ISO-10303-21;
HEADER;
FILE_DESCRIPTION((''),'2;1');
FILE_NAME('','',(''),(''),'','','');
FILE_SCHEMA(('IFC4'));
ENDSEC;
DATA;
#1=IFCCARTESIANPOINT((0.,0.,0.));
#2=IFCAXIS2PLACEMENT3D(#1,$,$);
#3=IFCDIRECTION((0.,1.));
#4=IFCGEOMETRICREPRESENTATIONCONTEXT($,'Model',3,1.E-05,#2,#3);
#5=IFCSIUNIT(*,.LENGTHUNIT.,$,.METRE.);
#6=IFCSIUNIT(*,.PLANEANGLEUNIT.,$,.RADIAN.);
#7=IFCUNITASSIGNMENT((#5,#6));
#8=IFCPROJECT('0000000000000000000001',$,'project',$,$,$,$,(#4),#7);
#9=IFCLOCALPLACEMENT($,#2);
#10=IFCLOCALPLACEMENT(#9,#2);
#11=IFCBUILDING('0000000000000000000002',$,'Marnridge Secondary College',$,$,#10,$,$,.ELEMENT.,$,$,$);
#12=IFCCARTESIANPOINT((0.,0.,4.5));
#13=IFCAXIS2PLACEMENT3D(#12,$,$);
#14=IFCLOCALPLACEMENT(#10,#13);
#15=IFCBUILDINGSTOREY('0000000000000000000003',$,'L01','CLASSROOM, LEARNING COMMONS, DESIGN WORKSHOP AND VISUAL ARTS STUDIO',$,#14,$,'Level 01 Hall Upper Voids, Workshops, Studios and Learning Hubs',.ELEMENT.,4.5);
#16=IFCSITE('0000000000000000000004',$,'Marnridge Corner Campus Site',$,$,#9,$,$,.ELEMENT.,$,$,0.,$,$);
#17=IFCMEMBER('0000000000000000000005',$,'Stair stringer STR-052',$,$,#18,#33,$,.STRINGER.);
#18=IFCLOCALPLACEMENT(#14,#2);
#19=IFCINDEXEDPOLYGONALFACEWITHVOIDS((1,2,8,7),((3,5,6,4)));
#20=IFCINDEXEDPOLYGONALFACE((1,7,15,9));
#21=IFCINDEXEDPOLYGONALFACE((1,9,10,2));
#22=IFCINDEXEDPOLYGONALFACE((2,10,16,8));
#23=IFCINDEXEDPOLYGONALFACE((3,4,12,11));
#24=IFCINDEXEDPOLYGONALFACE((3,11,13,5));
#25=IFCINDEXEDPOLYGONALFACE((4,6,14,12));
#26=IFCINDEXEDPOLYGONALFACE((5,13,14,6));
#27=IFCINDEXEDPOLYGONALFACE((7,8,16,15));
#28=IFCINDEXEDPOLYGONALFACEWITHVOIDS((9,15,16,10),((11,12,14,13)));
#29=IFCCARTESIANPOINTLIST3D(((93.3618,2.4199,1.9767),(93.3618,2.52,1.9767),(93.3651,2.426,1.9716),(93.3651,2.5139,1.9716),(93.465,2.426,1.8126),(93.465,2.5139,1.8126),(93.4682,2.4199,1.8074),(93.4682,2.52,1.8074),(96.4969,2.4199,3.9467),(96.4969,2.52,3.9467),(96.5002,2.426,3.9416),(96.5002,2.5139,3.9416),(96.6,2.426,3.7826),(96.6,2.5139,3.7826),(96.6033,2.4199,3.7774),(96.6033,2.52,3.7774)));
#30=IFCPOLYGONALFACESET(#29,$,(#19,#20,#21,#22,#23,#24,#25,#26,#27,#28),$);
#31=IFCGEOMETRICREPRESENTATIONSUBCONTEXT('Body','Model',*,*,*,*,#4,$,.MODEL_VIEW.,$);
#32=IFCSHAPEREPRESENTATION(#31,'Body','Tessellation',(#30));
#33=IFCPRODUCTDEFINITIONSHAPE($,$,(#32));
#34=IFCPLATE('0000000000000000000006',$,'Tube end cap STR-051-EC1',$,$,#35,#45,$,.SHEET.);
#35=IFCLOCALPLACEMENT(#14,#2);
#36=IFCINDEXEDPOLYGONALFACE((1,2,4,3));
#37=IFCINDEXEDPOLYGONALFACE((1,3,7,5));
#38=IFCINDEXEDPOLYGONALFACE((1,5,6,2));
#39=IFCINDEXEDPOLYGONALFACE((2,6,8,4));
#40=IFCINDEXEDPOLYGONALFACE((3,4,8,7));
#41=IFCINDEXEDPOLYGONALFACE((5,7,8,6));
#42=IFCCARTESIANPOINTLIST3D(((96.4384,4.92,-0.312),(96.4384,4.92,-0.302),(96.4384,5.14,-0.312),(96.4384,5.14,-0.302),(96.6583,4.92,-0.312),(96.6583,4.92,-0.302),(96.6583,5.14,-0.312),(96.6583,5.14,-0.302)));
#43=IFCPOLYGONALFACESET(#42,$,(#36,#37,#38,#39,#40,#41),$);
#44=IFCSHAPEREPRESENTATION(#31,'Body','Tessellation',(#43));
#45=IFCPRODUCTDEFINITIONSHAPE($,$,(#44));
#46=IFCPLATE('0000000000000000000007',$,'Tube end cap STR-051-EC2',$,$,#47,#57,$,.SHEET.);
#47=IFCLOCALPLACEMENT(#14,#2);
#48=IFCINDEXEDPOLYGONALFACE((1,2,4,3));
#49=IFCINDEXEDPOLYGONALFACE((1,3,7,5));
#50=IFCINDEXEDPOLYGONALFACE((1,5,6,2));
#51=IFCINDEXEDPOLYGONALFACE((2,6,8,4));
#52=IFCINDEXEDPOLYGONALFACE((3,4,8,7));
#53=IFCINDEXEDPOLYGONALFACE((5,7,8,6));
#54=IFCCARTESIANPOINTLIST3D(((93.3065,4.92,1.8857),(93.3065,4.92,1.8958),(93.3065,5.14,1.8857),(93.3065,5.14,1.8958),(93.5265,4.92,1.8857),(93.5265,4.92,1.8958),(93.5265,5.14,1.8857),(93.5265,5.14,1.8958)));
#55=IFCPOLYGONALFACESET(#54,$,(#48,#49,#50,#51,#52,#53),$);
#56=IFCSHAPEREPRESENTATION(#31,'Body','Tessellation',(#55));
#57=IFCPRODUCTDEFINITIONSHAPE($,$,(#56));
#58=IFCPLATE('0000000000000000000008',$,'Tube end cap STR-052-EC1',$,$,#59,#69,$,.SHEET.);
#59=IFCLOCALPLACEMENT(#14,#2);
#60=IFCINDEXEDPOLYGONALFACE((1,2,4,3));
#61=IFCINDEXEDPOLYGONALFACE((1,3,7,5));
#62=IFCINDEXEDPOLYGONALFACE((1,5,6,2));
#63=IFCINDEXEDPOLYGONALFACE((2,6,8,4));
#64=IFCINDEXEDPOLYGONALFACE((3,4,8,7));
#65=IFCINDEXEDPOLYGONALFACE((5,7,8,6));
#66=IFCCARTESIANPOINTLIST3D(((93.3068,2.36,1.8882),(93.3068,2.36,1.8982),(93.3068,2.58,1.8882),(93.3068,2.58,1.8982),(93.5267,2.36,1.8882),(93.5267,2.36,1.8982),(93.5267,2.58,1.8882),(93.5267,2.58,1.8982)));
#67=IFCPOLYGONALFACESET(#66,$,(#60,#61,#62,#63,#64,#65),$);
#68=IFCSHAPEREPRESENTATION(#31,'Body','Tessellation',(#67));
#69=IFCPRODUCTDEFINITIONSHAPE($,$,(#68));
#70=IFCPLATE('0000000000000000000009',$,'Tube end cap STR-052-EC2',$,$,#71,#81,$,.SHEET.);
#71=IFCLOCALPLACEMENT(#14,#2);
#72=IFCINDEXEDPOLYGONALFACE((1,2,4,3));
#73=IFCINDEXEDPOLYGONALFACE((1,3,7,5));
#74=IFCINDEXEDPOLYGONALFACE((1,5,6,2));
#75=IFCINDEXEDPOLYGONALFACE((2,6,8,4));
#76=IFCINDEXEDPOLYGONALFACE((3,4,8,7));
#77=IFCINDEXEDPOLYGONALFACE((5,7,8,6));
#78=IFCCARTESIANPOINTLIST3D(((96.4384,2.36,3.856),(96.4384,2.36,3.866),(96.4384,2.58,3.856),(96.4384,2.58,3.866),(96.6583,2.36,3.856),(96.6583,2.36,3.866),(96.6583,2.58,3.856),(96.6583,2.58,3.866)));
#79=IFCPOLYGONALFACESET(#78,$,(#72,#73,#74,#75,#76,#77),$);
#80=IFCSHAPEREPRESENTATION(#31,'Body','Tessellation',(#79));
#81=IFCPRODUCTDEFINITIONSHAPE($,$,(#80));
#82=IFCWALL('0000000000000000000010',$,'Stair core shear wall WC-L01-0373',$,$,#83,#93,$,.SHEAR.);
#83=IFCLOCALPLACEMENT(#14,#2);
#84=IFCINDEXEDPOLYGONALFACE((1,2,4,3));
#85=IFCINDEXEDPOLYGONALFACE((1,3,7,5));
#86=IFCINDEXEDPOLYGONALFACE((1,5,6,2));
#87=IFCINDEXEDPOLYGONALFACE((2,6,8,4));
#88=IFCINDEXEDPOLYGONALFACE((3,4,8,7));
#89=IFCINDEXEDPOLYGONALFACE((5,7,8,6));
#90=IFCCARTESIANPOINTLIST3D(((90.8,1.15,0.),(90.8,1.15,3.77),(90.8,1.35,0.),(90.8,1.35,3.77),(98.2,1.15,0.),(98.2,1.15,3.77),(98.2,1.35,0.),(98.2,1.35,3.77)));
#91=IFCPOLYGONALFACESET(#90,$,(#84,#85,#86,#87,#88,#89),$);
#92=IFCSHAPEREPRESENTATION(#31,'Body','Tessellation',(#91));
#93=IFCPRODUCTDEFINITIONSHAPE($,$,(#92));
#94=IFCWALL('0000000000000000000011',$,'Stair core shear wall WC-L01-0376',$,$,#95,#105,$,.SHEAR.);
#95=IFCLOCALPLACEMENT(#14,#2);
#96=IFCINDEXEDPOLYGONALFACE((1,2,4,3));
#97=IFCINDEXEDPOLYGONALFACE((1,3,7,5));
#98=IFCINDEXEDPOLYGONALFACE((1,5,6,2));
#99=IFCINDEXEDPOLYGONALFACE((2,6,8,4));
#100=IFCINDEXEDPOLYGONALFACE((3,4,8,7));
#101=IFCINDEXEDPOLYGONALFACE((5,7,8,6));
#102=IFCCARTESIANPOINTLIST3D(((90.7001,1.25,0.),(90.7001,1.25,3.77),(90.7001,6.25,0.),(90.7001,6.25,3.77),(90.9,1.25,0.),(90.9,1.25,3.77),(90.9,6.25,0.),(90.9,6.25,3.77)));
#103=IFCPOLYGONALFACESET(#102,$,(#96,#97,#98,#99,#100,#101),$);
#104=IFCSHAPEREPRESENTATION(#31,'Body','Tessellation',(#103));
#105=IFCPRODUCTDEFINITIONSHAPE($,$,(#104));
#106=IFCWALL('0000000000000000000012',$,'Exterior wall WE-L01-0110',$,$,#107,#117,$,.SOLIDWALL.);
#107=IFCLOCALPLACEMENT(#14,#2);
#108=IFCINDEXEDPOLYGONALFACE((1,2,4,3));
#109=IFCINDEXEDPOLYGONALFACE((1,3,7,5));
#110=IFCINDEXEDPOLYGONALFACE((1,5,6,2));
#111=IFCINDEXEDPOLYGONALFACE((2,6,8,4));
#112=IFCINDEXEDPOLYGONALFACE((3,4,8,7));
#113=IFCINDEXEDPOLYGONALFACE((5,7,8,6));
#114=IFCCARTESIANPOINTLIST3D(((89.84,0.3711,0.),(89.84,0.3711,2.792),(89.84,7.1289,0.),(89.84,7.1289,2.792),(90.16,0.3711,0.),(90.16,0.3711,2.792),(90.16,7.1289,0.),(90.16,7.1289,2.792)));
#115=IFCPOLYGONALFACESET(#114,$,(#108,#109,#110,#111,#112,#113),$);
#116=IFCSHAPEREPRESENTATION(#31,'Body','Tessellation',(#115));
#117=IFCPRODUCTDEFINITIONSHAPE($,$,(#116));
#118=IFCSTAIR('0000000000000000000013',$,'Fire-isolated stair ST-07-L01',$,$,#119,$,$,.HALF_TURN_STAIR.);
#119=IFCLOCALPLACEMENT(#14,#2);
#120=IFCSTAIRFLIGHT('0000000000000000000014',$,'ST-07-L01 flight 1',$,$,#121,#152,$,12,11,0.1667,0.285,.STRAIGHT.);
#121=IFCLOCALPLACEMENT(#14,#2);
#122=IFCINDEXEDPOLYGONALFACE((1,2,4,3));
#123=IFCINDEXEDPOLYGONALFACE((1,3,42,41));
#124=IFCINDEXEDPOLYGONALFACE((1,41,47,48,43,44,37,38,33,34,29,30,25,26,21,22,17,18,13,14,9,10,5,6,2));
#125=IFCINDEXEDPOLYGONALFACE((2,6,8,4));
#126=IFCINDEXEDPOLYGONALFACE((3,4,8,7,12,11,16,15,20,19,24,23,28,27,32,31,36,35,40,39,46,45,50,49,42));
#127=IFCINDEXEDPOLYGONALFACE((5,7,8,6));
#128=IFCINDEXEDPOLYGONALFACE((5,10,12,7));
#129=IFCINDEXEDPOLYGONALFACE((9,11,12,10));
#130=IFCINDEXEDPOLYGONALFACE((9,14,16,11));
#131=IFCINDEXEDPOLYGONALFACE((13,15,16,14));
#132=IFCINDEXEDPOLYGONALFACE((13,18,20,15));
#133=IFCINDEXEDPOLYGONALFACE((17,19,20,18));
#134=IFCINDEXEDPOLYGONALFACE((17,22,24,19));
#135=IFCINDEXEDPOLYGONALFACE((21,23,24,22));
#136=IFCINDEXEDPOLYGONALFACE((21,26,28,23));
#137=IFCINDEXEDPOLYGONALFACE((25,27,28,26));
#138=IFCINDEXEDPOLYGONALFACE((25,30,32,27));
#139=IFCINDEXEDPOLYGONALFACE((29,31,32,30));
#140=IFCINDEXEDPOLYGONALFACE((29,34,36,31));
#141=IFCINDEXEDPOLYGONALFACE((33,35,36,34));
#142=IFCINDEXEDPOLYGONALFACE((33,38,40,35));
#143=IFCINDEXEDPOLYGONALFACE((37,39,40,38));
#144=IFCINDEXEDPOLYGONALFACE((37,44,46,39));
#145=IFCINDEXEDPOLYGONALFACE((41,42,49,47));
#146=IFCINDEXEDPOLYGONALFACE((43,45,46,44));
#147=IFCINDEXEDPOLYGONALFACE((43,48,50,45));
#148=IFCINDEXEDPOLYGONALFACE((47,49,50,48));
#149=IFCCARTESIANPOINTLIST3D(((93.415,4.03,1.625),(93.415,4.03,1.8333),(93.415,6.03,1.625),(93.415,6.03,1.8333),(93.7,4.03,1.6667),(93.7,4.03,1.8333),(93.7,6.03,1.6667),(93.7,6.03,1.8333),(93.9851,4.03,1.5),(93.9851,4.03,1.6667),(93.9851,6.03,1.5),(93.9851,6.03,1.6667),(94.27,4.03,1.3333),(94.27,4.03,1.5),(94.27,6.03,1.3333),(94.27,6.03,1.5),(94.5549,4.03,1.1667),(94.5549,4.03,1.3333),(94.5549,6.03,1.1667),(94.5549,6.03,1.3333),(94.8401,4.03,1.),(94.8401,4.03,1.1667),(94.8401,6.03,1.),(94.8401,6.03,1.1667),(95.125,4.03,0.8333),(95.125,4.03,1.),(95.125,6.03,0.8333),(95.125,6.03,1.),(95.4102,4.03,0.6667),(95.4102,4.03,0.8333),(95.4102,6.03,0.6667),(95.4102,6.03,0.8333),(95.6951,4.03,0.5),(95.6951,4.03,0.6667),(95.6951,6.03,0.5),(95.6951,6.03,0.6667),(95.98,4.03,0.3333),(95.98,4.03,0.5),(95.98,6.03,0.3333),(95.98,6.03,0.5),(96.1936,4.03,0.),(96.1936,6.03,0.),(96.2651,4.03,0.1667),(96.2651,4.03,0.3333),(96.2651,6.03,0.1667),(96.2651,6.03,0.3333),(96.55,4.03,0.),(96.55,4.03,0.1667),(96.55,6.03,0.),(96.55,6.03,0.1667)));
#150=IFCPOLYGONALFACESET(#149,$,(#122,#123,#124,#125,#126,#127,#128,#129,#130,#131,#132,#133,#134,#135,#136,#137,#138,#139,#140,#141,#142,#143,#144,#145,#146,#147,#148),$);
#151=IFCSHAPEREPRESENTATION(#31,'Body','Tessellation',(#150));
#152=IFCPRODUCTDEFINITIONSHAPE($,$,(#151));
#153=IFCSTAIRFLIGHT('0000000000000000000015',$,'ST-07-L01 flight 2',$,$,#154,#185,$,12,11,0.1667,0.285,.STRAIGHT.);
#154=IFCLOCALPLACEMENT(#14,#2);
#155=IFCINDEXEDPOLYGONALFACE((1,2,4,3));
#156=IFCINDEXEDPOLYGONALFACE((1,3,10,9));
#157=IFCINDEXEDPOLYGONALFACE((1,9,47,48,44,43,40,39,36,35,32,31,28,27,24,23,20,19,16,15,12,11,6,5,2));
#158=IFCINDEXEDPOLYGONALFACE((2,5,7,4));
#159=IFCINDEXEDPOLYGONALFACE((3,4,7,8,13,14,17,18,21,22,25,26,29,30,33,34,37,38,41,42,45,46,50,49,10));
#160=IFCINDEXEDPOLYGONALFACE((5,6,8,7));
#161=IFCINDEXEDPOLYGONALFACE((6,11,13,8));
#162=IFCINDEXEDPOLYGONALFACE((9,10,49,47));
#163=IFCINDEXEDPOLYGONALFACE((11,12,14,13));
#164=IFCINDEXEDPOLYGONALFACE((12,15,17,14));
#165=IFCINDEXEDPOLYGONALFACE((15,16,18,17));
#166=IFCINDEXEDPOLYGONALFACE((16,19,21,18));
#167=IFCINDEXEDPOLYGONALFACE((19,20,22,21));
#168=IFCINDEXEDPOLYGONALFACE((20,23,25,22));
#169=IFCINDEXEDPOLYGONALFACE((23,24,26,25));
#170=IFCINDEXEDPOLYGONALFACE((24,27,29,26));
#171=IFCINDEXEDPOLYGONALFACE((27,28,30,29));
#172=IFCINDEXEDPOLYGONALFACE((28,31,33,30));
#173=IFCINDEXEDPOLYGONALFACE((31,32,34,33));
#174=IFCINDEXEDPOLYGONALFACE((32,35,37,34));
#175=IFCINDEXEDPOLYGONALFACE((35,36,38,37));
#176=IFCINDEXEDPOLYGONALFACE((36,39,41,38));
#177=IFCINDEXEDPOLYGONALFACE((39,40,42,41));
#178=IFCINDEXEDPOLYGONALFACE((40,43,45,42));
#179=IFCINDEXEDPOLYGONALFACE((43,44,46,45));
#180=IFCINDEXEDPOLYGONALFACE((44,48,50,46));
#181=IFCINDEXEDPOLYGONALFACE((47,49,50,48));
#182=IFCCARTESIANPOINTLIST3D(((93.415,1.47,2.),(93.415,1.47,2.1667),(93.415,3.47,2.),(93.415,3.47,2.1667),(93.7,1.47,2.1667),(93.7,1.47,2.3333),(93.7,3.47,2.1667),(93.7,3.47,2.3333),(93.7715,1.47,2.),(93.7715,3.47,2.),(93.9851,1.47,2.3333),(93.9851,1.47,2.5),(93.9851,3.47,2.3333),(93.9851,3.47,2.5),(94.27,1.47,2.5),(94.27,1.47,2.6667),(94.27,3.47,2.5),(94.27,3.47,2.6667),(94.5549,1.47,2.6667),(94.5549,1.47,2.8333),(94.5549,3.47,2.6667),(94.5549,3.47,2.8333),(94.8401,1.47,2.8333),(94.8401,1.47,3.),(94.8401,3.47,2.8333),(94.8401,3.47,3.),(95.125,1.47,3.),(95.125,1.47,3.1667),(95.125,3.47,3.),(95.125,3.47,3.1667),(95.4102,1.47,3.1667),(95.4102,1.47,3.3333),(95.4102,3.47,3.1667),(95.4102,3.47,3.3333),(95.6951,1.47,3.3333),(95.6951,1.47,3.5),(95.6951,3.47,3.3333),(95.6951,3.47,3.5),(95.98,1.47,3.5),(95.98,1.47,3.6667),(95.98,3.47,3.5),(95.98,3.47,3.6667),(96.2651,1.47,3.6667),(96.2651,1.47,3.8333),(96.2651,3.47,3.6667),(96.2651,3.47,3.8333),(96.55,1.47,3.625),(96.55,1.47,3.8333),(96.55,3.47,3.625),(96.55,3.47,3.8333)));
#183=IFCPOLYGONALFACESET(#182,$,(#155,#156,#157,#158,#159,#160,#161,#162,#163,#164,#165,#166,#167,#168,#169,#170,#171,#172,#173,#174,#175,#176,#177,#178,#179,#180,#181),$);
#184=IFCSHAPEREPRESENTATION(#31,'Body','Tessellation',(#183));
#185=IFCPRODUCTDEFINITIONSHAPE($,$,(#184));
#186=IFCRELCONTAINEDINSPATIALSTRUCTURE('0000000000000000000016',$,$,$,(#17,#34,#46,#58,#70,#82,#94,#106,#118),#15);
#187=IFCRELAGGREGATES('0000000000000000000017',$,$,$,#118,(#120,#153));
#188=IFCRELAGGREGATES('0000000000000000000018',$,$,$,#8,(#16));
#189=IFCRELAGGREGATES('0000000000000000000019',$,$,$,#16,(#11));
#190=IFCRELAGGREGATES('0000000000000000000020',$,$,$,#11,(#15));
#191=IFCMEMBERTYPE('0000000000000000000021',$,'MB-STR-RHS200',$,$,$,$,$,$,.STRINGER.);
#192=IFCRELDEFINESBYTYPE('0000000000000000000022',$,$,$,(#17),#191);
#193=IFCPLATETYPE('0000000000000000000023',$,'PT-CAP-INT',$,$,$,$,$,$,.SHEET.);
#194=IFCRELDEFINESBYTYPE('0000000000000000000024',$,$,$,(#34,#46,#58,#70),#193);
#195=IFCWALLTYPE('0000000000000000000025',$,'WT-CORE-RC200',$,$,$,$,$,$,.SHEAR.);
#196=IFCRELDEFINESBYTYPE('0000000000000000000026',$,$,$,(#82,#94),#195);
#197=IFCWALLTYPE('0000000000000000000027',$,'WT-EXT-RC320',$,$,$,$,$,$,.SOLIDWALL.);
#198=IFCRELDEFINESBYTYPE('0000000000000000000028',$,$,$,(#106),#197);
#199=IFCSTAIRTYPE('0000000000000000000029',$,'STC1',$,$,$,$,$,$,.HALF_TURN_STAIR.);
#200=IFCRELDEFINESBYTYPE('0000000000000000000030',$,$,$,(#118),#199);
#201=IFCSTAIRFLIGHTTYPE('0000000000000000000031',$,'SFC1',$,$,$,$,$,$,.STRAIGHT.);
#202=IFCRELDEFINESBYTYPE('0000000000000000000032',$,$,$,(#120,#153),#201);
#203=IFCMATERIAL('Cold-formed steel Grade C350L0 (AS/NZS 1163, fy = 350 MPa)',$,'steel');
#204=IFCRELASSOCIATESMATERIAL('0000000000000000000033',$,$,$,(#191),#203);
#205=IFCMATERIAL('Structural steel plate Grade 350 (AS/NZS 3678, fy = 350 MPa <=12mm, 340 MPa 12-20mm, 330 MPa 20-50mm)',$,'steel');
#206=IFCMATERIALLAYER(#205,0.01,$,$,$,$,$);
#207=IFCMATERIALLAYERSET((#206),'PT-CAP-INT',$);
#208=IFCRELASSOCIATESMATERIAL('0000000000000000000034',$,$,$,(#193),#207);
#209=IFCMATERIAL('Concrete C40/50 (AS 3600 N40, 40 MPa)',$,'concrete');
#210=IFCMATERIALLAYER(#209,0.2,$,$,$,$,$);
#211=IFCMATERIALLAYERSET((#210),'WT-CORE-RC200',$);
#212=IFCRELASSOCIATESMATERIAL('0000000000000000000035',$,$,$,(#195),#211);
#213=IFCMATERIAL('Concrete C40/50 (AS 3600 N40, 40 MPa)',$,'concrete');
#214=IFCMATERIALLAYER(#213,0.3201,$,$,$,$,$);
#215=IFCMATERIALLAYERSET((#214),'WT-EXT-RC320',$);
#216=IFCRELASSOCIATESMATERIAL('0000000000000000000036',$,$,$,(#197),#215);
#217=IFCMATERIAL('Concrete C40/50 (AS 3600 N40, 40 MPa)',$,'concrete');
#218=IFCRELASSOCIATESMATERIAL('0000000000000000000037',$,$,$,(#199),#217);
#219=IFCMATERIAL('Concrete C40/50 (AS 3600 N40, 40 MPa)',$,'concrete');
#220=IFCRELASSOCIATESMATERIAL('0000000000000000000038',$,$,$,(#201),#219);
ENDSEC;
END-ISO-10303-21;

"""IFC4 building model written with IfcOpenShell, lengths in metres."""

from ifc_helpers import new_model, si_unit, direction, frame, frame_2d, origin, origin_2d, place, context, subcontext, project, spatial, polyline, rectangle, hollow_rectangle, outline, extrude, material, layer, layer_set, material_profile, profile_set, type_object, element, aggregate, save


model = new_model("IFC4")

# Units and contexts
model_context = context("Model", 3, precision=1e-05, world=origin(), true_north=direction((0.0, 1.0)))
body_context = subcontext(model_context, "Body", "Model", "MODEL_VIEW")
ifc_project = project(units=[si_unit("LENGTHUNIT", "METRE"), si_unit("PLANEANGLEUNIT", "RADIAN")], contexts=[model_context])

# Site, building, storey
site_placement = place(None, origin())
site = spatial("IfcSite", under=ifc_project, at=site_placement, Name="Marnridge Corner Campus Site", CompositionType="ELEMENT", RefElevation=0.0)
building_placement = place(site_placement, origin())
building = spatial("IfcBuilding", under=site, at=building_placement, Name="Marnridge Secondary College", CompositionType="ELEMENT")
storey_placement = place(building_placement, frame((0.0, 0.0, 4.5)))
storey = spatial("IfcBuildingStorey", under=building, at=storey_placement, Name="L01", Description="CLASSROOM, LEARNING COMMONS, DESIGN WORKSHOP AND VISUAL ARTS STUDIO", LongName="Level 01 Hall Upper Voids, Workshops, Studios and Learning Hubs", CompositionType="ELEMENT", Elevation=4.5)

# Member
ifc_material_1 = material(Name="Cold-formed steel Grade C350L0 (AS/NZS 1163, fy = 350 MPa)", Category="steel")
ifc_material_profile_1 = material_profile(ifc_material_1, hollow_rectangle(XDim=0.1001, YDim=0.2, WallThickness=0.0061, at=origin_2d()), Name="200x100x6.0RHS")
ifc_profile_set_1 = profile_set([ifc_material_profile_1], Name="Cold-formed steel Grade C350L0 (AS/NZS 1163, fy = 350 MPa)")
member_type = type_object("IfcMemberType", Name="MB-STR-RHS200", PredefinedType="STRINGER", material=ifc_profile_set_1)
member_1_placement = place(storey_placement, frame((93.415, 2.47, 1.8921), z_axis=(0.84671, 0.0, 0.532054), x_axis=(0.0, 1.0, 0.0)))
element("IfcMember", 1, at=member_1_placement, inside=storey, type_object=member_type, Name="Stair stringer STR-052", PredefinedType="STRINGER", context=body_context, shape_type="SweptSolid", body=[
    extrude(hollow_rectangle(XDim=0.1001, YDim=0.2, WallThickness=0.0061, at=origin_2d()), origin(), (0.0, 0.0, 1.0), 3.7026),
])

# Plates
ifc_material_2 = material(Name="Structural steel plate Grade 350 (AS/NZS 3678, fy = 350 MPa <=12mm, 340 MPa 12-20mm, 330 MPa 20-50mm)", Category="steel")
ifc_layer_1 = layer(ifc_material_2, 0.01)
ifc_layer_set_1 = layer_set([ifc_layer_1], Name="PT-CAP-INT")
plate_type = type_object("IfcPlateType", Name="PT-CAP-INT", PredefinedType="SHEET", material=ifc_layer_set_1)
for number, where, z_axis, x_axis, name in (
    (2, (96.5483, 5.03, -0.312), (0.0, 0.0, 1.0), (-1.0, 0.0, 0.0), "Tube end cap STR-051-EC1"),
    (3, (93.4165, 5.03, 1.8857), (0.0, 0.0, 1.0), (-1.0, 0.0, 0.0), "Tube end cap STR-051-EC2"),
    (4, (93.4167, 2.47, 1.8882), (0.0, 0.0, 1.0), (1.0, 0.0, 0.0), "Tube end cap STR-052-EC1"),
    (5, (96.5483, 2.47, 3.856), (0.0, 0.0, 1.0), (1.0, 0.0, 0.0), "Tube end cap STR-052-EC2"),
):
    element("IfcPlate", number, at=place(storey_placement, frame(where, z_axis=z_axis, x_axis=x_axis)), inside=storey, type_object=plate_type, Name=name, PredefinedType="SHEET", context=body_context, shape_type="SweptSolid", body=[
        extrude(rectangle(XDim=0.22, YDim=0.22, at=origin_2d()), origin(), (0.0, 0.0, 1.0), 0.01),
    ])

# Walls
ifc_material_3 = material(Name="Concrete C40/50 (AS 3600 N40, 40 MPa)", Category="concrete")
ifc_layer_2 = layer(ifc_material_3, 0.2)
ifc_layer_set_2 = layer_set([ifc_layer_2], Name="WT-CORE-RC200")
wall_type_1 = type_object("IfcWallType", Name="WT-CORE-RC200", PredefinedType="SHEAR", material=ifc_layer_set_2)
wall_1_placement = place(storey_placement, frame((90.8, 1.25, 0.0), z_axis=(0.0, 0.0, 1.0), x_axis=(1.0, 0.0, 0.0)))
element("IfcWall", 6, at=wall_1_placement, inside=storey, type_object=wall_type_1, Name="Stair core shear wall WC-L01-0373", PredefinedType="SHEAR", context=body_context, shape_type="SweptSolid", body=[
    extrude(rectangle(XDim=7.3999, YDim=0.2, at=frame_2d((3.7, 0.0))), origin(), (0.0, 0.0, 1.0), 3.77),
])
wall_2_placement = place(storey_placement, frame((90.8, 6.25, 0.0), z_axis=(0.0, 0.0, 1.0), x_axis=(0.0, -1.0, 0.0)))
element("IfcWall", 7, at=wall_2_placement, inside=storey, type_object=wall_type_1, Name="Stair core shear wall WC-L01-0376", PredefinedType="SHEAR", context=body_context, shape_type="SweptSolid", body=[
    extrude(rectangle(XDim=5.0, YDim=0.2, at=frame_2d((2.5, 0.0))), origin(), (0.0, 0.0, 1.0), 3.77),
])
ifc_material_4 = material(Name="Concrete C40/50 (AS 3600 N40, 40 MPa)", Category="concrete")
ifc_layer_3 = layer(ifc_material_4, 0.3201)
ifc_layer_set_3 = layer_set([ifc_layer_3], Name="WT-EXT-RC320")
wall_type_2 = type_object("IfcWallType", Name="WT-EXT-RC320", PredefinedType="SOLIDWALL", material=ifc_layer_set_3)
wall_3_placement = place(storey_placement, frame((90.0, 0.3711, 0.0), z_axis=(0.0, 0.0, 1.0), x_axis=(0.0, 1.0, 0.0)))
element("IfcWall", 8, at=wall_3_placement, inside=storey, type_object=wall_type_2, Name="Exterior wall WE-L01-0110", PredefinedType="SOLIDWALL", context=body_context, shape_type="SweptSolid", body=[
    extrude(rectangle(XDim=6.7578, YDim=0.3201, at=frame_2d((3.3789, 0.0))), origin(), (0.0, 0.0, 1.0), 2.792),
])

# Stair, stair flights
ifc_material_5 = material(Name="Concrete C40/50 (AS 3600 N40, 40 MPa)", Category="concrete")
stair_type = type_object("IfcStairType", Name="STC1", PredefinedType="HALF_TURN_STAIR", material=ifc_material_5)
stair_placement = place(storey_placement, origin())
stair = element("IfcStair", 9, at=stair_placement, inside=storey, type_object=stair_type, Name="Fire-isolated stair ST-07-L01", PredefinedType="HALF_TURN_STAIR")
ifc_material_6 = material(Name="Concrete C40/50 (AS 3600 N40, 40 MPa)", Category="concrete")
stair_flight_type = type_object("IfcStairFlightType", Name="SFC1", PredefinedType="STRAIGHT", material=ifc_material_6)
stair_flight_1_placement = place(storey_placement, frame((96.55, 5.03, 0.0), z_axis=(0.0, 0.0, 1.0), x_axis=(-1.0, 0.0, 0.0)))
stair_flight_1 = element("IfcStairFlight", 10, at=stair_flight_1_placement, type_object=stair_flight_type, Name="ST-07-L01 flight 1", NumberOfRisers=12, NumberOfTreads=11, PredefinedType="STRAIGHT", RiserHeight=0.1667, TreadLength=0.285, context=body_context, shape_type="SweptSolid", body=[
    extrude(outline(polyline([(0.0, 0.0), (0.0, 0.1667), (0.2849, 0.1667), (0.2849, 0.3333), (0.5701, 0.3333), (0.5701, 0.5), (0.855, 0.5), (0.855, 0.6667), (1.1399, 0.6667), (1.1399, 0.8333), (1.425, 0.8333), (1.425, 1.0), (1.71, 1.0), (1.71, 1.1667), (1.9951, 1.1667), (1.9951, 1.3333), (2.28, 1.3333), (2.28, 1.5), (2.5649, 1.5), (2.5649, 1.6667), (2.8501, 1.6667), (2.8501, 1.8333), (3.135, 1.8333), (3.135, 2.0), (3.135, 1.625), (0.3564, 0.0), (0.0, 0.0)])), frame((0.0, 1.0, 0.0), z_axis=(0.0, -1.0, 0.0), x_axis=(1.0, 0.0, 0.0)), (0.0, 0.0, 1.0), 2.0),
])
stair_flight_2_placement = place(storey_placement, frame((93.415, 2.47, 2.0), z_axis=(0.0, 0.0, 1.0), x_axis=(1.0, 0.0, 0.0)))
stair_flight_2 = element("IfcStairFlight", 11, at=stair_flight_2_placement, type_object=stair_flight_type, Name="ST-07-L01 flight 2", NumberOfRisers=12, NumberOfTreads=11, PredefinedType="STRAIGHT", RiserHeight=0.1667, TreadLength=0.285, context=body_context, shape_type="SweptSolid", body=[
    extrude(outline(polyline([(0.0, 0.0), (0.0, 0.1667), (0.2849, 0.1667), (0.2849, 0.3333), (0.5701, 0.3333), (0.5701, 0.5), (0.855, 0.5), (0.855, 0.6667), (1.1399, 0.6667), (1.1399, 0.8333), (1.425, 0.8333), (1.425, 1.0), (1.71, 1.0), (1.71, 1.1667), (1.9951, 1.1667), (1.9951, 1.3333), (2.28, 1.3333), (2.28, 1.5), (2.5649, 1.5), (2.5649, 1.6667), (2.8501, 1.6667), (2.8501, 1.8333), (3.135, 1.8333), (3.135, 2.0), (3.135, 1.625), (0.3564, 0.0), (0.0, 0.0)])), frame((0.0, 1.0, 0.0), z_axis=(0.0, -1.0, 0.0), x_axis=(1.0, 0.0, 0.0)), (0.0, 0.0, 1.0), 2.0),
])
aggregate(stair, [stair_flight_1, stair_flight_2])

save(model, "model.ifc")
